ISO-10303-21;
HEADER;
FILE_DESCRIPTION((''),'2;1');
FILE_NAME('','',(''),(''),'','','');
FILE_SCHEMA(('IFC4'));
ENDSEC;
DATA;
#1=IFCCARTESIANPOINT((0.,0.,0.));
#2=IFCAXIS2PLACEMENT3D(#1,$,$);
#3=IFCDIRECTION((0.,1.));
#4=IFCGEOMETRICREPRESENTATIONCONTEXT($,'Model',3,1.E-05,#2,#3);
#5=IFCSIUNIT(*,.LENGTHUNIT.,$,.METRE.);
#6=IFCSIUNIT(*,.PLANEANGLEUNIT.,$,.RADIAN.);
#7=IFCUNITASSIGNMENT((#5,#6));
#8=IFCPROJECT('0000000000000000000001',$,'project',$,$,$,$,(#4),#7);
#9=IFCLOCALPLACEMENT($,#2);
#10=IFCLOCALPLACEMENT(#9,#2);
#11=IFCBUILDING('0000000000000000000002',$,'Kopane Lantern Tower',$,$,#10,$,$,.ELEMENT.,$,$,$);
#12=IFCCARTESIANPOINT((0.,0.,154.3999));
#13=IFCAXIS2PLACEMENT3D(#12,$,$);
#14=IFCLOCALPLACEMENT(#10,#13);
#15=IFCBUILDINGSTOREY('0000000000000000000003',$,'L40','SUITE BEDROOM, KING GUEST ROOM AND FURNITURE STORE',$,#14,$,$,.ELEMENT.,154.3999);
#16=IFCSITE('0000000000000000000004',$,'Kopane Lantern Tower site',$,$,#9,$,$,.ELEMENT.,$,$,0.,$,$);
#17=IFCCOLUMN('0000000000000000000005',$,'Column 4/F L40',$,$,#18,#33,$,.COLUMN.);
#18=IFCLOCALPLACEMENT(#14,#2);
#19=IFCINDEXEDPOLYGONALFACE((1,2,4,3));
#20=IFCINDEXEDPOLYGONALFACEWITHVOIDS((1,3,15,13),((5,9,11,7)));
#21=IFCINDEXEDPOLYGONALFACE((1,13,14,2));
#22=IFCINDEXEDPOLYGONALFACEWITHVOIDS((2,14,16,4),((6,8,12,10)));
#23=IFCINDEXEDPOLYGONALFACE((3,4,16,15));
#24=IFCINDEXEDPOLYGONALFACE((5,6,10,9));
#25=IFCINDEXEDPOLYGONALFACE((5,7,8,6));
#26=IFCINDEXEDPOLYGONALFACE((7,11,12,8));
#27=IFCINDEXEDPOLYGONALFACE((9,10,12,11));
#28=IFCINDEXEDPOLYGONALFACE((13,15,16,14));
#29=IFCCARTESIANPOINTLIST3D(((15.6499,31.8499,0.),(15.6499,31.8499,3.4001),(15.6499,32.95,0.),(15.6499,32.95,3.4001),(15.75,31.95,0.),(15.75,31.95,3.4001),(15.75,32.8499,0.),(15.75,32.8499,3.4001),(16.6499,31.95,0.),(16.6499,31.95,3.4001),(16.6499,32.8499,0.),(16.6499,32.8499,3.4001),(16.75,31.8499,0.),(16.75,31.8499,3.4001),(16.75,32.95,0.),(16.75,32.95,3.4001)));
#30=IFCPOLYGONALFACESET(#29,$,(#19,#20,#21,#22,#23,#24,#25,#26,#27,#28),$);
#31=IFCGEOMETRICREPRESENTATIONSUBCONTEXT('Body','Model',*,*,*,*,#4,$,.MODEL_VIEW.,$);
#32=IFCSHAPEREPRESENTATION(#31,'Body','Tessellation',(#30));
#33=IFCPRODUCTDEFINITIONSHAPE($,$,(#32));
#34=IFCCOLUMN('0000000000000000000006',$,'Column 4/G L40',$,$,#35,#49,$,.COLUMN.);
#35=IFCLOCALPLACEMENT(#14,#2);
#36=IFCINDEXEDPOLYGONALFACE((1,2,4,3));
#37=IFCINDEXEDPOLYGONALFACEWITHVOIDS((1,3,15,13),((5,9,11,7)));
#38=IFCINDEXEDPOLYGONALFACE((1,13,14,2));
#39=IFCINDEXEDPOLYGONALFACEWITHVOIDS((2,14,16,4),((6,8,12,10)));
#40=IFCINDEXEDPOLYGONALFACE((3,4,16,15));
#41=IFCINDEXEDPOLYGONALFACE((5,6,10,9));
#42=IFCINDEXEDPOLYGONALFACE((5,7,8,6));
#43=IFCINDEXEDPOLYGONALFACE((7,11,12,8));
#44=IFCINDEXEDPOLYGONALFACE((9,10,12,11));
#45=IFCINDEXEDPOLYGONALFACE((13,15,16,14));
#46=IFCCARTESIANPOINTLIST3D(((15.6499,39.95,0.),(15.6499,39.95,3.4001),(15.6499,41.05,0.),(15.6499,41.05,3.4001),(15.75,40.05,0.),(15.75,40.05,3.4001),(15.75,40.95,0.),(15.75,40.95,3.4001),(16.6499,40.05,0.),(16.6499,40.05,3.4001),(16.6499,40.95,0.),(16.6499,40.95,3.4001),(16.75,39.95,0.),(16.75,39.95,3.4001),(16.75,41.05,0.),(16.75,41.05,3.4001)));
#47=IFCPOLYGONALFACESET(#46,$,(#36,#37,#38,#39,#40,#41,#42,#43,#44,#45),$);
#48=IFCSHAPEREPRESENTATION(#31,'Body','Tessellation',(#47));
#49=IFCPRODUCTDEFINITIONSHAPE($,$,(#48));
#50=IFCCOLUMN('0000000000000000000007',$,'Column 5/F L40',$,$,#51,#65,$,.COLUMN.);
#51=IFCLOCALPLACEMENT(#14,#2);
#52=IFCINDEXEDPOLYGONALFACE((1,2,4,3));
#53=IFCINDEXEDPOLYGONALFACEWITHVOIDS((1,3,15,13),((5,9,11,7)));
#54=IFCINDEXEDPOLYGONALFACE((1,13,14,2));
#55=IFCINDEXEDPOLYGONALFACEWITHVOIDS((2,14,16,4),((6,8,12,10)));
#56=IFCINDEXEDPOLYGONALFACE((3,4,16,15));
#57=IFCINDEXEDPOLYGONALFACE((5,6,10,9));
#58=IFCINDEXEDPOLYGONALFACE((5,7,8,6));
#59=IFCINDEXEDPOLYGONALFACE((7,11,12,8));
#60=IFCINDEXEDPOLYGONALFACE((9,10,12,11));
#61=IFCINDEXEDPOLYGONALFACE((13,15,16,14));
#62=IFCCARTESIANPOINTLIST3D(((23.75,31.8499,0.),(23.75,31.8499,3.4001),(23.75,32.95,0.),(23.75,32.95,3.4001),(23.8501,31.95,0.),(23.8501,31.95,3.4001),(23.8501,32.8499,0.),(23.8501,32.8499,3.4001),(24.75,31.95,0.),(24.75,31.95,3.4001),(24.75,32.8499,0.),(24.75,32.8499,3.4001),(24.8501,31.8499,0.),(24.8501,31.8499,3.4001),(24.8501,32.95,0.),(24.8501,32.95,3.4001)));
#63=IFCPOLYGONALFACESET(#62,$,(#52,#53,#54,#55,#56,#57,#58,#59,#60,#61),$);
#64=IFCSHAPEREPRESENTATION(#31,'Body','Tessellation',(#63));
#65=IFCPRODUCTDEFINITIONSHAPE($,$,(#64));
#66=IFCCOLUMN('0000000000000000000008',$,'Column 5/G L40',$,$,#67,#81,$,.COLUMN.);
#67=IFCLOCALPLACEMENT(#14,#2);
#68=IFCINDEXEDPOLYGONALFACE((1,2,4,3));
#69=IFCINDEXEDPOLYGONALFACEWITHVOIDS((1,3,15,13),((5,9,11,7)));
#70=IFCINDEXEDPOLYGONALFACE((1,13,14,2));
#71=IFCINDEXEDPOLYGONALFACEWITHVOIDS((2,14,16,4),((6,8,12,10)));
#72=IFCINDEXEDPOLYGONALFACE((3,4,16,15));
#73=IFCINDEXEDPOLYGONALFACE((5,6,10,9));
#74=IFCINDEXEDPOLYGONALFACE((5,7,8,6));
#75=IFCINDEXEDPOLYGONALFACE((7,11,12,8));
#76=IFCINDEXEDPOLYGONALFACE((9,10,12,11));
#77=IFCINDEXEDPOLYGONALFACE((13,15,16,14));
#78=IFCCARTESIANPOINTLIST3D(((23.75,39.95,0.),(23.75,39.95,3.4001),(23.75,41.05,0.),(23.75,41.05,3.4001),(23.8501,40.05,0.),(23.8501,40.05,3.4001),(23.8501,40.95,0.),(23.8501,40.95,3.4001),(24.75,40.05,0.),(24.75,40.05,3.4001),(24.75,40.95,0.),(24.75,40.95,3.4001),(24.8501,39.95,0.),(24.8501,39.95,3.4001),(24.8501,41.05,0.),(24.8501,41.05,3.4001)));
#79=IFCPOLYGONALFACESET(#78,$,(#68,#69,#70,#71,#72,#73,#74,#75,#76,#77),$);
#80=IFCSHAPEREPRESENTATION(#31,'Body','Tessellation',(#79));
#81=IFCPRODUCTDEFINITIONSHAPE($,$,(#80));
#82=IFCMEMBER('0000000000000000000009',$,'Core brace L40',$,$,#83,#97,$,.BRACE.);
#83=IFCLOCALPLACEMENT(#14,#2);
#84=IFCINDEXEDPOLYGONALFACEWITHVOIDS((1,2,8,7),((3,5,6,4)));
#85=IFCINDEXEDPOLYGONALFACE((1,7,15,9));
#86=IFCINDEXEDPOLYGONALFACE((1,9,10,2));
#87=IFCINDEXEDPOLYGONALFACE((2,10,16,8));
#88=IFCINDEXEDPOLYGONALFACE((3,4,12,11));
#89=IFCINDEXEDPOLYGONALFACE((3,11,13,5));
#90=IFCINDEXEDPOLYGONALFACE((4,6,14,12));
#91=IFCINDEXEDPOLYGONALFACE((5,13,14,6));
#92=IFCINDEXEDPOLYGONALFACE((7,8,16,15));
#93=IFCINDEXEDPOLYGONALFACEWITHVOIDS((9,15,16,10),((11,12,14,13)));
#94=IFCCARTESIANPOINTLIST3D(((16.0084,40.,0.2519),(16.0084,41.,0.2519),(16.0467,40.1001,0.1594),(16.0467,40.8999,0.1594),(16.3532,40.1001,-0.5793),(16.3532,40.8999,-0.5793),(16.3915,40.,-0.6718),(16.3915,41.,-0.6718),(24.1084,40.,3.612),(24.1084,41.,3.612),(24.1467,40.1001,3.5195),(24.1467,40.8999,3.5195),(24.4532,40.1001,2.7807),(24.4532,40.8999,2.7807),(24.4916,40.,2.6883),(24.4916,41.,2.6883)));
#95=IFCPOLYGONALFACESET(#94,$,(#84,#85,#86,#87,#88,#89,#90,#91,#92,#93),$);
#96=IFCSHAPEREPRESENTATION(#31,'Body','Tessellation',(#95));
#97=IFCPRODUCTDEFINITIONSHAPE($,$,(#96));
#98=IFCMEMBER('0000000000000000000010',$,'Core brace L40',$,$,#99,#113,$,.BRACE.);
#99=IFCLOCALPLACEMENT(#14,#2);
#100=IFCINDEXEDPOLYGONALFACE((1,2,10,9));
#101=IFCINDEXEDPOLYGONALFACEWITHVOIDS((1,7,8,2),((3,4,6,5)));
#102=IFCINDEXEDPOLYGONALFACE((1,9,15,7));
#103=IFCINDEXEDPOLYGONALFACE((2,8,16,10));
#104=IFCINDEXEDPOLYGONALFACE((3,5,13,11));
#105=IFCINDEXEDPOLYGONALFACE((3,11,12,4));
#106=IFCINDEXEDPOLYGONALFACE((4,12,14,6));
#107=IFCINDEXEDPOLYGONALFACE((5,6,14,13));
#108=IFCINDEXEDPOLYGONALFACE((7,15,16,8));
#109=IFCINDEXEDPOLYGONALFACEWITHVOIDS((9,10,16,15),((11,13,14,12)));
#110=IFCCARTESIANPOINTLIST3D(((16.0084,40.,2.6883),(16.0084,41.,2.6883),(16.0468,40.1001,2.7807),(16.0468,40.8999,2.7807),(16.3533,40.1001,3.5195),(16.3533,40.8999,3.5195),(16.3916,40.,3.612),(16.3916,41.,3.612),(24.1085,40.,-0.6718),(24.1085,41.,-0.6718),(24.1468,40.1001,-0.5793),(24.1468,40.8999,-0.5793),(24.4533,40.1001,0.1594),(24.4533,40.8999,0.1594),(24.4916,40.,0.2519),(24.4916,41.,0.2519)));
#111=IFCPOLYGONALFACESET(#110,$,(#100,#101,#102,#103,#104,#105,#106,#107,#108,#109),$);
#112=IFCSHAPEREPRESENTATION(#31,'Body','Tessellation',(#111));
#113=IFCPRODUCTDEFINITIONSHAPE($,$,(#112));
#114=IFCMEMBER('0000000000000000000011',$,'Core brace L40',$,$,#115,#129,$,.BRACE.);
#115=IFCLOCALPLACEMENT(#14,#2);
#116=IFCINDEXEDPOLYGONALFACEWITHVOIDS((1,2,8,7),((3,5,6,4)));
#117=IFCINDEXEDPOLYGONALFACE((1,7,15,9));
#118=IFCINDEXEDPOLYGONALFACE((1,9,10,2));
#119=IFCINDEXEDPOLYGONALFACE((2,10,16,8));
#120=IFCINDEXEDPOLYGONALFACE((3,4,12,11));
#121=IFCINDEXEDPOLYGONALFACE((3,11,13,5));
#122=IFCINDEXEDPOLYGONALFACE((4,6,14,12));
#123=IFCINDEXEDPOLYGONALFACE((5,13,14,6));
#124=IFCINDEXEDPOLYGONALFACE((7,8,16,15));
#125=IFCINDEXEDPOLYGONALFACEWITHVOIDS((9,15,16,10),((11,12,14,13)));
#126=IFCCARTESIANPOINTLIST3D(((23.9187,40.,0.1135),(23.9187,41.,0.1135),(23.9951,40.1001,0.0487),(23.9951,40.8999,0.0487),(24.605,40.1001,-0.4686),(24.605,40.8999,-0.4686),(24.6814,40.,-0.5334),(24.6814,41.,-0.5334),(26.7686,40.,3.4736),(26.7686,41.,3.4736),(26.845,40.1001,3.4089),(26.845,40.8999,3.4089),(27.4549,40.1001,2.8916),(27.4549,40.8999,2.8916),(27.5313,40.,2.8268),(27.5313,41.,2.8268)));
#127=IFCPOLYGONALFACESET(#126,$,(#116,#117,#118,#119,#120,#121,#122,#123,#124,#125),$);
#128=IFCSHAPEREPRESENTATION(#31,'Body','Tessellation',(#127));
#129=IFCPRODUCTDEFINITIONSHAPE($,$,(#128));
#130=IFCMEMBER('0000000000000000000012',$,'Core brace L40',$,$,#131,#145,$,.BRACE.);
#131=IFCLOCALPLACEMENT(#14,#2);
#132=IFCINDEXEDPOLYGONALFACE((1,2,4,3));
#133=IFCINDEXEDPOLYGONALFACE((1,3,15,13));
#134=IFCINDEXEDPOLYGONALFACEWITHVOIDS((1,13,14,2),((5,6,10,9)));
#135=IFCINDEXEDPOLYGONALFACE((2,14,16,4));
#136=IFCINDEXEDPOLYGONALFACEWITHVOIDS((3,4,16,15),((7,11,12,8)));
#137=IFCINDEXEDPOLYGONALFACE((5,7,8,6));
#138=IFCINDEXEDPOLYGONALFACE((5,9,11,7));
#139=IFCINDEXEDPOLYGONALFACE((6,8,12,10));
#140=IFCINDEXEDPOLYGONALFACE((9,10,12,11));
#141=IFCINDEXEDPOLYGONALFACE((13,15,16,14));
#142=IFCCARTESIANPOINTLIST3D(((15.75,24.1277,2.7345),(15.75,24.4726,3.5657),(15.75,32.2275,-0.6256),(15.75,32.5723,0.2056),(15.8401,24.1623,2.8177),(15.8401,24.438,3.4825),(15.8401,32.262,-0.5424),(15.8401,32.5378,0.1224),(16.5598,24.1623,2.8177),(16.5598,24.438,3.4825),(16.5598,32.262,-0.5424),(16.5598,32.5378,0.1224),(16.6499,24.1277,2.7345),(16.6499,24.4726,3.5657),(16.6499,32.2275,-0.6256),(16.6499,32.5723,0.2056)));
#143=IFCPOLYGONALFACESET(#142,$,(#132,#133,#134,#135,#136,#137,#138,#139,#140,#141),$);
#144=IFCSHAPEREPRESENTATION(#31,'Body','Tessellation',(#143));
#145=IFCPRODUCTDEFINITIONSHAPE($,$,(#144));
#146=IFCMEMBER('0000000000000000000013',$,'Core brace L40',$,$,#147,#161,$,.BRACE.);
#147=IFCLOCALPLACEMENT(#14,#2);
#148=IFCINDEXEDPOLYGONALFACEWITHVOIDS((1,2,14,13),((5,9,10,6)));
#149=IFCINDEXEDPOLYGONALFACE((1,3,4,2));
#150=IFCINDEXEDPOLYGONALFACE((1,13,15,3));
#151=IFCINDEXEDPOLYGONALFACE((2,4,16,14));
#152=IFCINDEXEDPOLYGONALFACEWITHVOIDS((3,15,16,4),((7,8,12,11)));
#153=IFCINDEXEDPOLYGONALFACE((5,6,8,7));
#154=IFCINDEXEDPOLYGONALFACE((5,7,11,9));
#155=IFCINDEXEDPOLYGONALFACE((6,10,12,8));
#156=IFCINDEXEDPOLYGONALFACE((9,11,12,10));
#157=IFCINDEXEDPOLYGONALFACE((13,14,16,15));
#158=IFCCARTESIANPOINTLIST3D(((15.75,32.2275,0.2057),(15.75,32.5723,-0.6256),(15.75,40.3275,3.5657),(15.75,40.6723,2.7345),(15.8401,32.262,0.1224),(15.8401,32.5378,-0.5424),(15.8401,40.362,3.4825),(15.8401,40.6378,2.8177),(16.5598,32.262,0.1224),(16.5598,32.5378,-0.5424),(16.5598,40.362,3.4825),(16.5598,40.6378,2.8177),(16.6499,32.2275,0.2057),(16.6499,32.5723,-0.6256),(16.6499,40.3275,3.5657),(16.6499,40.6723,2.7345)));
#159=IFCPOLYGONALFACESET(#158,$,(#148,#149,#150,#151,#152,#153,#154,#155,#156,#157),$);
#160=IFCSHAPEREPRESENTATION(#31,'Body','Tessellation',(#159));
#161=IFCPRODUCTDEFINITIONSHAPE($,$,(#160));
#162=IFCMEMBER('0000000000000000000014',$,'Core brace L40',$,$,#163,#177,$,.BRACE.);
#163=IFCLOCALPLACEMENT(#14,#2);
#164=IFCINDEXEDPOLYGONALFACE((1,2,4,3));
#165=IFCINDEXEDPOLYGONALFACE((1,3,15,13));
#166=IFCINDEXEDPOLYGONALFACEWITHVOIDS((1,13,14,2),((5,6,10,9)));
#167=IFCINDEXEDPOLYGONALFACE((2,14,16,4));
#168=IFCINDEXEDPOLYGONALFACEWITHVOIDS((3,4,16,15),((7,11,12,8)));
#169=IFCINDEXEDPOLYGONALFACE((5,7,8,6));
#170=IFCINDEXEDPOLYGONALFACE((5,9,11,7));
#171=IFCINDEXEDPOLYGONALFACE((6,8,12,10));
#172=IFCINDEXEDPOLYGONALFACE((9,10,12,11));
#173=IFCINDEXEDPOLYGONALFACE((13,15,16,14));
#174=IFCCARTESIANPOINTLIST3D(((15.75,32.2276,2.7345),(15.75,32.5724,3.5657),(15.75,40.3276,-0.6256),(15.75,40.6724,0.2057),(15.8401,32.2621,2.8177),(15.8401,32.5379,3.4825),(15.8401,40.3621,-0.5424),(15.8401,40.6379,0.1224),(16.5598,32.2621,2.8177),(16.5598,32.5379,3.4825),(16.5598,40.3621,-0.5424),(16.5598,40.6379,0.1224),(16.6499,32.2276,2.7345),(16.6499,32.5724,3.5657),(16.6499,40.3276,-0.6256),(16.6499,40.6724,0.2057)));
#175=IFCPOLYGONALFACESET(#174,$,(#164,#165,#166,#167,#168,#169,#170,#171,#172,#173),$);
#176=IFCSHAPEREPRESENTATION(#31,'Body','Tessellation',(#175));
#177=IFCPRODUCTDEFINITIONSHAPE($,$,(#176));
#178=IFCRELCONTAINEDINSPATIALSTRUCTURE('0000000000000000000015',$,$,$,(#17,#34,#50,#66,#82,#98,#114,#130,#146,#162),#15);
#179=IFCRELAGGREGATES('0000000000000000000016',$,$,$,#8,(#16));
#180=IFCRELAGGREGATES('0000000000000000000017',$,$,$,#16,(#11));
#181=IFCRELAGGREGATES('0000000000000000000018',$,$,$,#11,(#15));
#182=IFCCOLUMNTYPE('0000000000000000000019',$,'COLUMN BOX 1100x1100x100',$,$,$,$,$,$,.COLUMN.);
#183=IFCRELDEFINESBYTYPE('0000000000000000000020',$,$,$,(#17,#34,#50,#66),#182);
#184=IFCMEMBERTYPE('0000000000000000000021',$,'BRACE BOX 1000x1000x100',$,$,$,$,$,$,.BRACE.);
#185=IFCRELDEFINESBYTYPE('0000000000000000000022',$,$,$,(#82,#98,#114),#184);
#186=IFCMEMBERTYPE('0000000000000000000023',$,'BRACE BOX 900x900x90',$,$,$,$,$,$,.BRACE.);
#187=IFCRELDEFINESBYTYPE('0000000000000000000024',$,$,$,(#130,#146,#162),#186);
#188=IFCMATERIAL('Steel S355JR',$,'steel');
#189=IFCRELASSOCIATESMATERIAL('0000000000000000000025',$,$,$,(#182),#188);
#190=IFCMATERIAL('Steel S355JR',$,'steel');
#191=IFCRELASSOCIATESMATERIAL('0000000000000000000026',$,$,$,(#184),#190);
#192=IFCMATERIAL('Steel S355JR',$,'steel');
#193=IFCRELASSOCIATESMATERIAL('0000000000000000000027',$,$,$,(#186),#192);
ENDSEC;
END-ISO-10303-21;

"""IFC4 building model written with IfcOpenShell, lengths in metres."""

from ifc_helpers import new_model, si_unit, direction, frame, origin, origin_2d, place, context, subcontext, project, spatial, hollow_rectangle, extrude, material, material_profile, profile_set, type_object, element, save


model = new_model("IFC4")

# Units and contexts
model_context = context("Model", 3, precision=1e-05, world=origin(), true_north=direction((0.0, 1.0)))
body_context = subcontext(model_context, "Body", "Model", "MODEL_VIEW")
ifc_project = project(units=[si_unit("LENGTHUNIT", "METRE"), si_unit("PLANEANGLEUNIT", "RADIAN")], contexts=[model_context])

# Site, building, storey
site_placement = place(None, origin())
site = spatial("IfcSite", under=ifc_project, at=site_placement, Name="Kopane Lantern Tower site", CompositionType="ELEMENT", RefElevation=0.0)
building_placement = place(site_placement, origin())
building = spatial("IfcBuilding", under=site, at=building_placement, Name="Kopane Lantern Tower", CompositionType="ELEMENT")
storey_placement = place(building_placement, frame((0.0, 0.0, 154.3999)))
storey = spatial("IfcBuildingStorey", under=building, at=storey_placement, Name="L40", Description="SUITE BEDROOM, KING GUEST ROOM AND FURNITURE STORE", CompositionType="ELEMENT", Elevation=154.3999)

# Columns
ifc_material_1 = material(Name="Steel S355JR", Category="steel")
ifc_material_profile_1 = material_profile(ifc_material_1, hollow_rectangle(XDim=1.1001, YDim=1.1001, WallThickness=0.1001, at=origin_2d()), Name="BOX 1100x1100x100")
ifc_profile_set_1 = profile_set([ifc_material_profile_1], Name="Steel S355JR")
column_type = type_object("IfcColumnType", Name="COLUMN BOX 1100x1100x100", PredefinedType="COLUMN", material=ifc_profile_set_1)
for number, where, z_axis, x_axis, name in (
    (1, (16.2, 32.3999, 0.0), (0.0, 0.0, 1.0), (1.0, 0.0, 0.0), "Column 4/F L40"),
    (2, (16.2, 40.5, 0.0), (0.0, 0.0, 1.0), (1.0, 0.0, 0.0), "Column 4/G L40"),
    (3, (24.3, 32.3999, 0.0), (0.0, 0.0, 1.0), (1.0, 0.0, 0.0), "Column 5/F L40"),
    (4, (24.3, 40.5, 0.0), (0.0, 0.0, 1.0), (1.0, 0.0, 0.0), "Column 5/G L40"),
):
    element("IfcColumn", number, at=place(storey_placement, frame(where, z_axis=z_axis, x_axis=x_axis)), inside=storey, type_object=column_type, Name=name, PredefinedType="COLUMN", context=body_context, shape_type="SweptSolid", body=[
        extrude(hollow_rectangle(XDim=1.1001, YDim=1.1001, WallThickness=0.1001, at=origin_2d()), origin(), (0.0, 0.0, 1.0), 3.4001),
    ])

# Members
ifc_material_2 = material(Name="Steel S355JR", Category="steel")
ifc_material_profile_2 = material_profile(ifc_material_2, hollow_rectangle(XDim=1.0, YDim=1.0, WallThickness=0.1001, at=origin_2d()), Name="BOX 1000x1000x100")
ifc_profile_set_2 = profile_set([ifc_material_profile_2], Name="Steel S355JR")
member_type_1 = type_object("IfcMemberType", Name="BRACE BOX 1000x1000x100", PredefinedType="BRACE", material=ifc_profile_set_2)
for number, where, z_axis, x_axis, name in (
    (5, (16.2, 40.5, -0.21), (0.92368, 0.0, 0.383164), (0.0, 1.0, 0.0), "Core brace L40"),
    (6, (24.3, 40.5, -0.21), (-0.92368, 0.0, 0.383164), (0.0, -1.0, 0.0), "Core brace L40"),
):
    element("IfcMember", number, at=place(storey_placement, frame(where, z_axis=z_axis, x_axis=x_axis)), inside=storey, type_object=member_type_1, Name=name, PredefinedType="BRACE", context=body_context, shape_type="SweptSolid", body=[
        extrude(hollow_rectangle(XDim=1.0, YDim=1.0, WallThickness=0.1001, at=origin_2d()), origin(), (0.0, 0.0, 1.0), 8.7693),
    ])
member_1_placement = place(storey_placement, frame((24.3, 40.5, -0.21), z_axis=(0.646826, 0.0, 0.762638), x_axis=(0.0, 1.0, 0.0)))
element("IfcMember", 7, at=member_1_placement, inside=storey, type_object=member_type_1, Name="Core brace L40", PredefinedType="BRACE", context=body_context, shape_type="SweptSolid", body=[
    extrude(hollow_rectangle(XDim=1.0, YDim=1.0, WallThickness=0.1001, at=origin_2d()), origin(), (0.0, 0.0, 1.0), 4.406),
])
ifc_material_3 = material(Name="Steel S355JR", Category="steel")
ifc_material_profile_3 = material_profile(ifc_material_3, hollow_rectangle(XDim=0.8999, YDim=0.8999, WallThickness=0.0901, at=origin_2d()), Name="BOX 900x900x90")
ifc_profile_set_3 = profile_set([ifc_material_profile_3], Name="Steel S355JR")
member_type_2 = type_object("IfcMemberType", Name="BRACE BOX 900x900x90", PredefinedType="BRACE", material=ifc_profile_set_3)
member_2_placement = place(storey_placement, frame((16.2, 32.3999, -0.21), z_axis=(0.0, -0.923676, 0.383174), x_axis=(1.0, 0.0, 0.0)))
element("IfcMember", 8, at=member_2_placement, inside=storey, type_object=member_type_2, Name="Core brace L40", PredefinedType="BRACE", context=body_context, shape_type="SweptSolid", body=[
    extrude(hollow_rectangle(XDim=0.8999, YDim=0.8999, WallThickness=0.0901, at=origin_2d()), origin(), (0.0, 0.0, 1.0), 8.769),
])
for number, where, z_axis, x_axis, name in (
    (9, (16.2, 32.3999, -0.21), (0.0, 0.92368, 0.383164), (-1.0, 0.0, 0.0), "Core brace L40"),
    (10, (16.2, 40.5, -0.21), (0.0, -0.92368, 0.383164), (1.0, 0.0, 0.0), "Core brace L40"),
):
    element("IfcMember", number, at=place(storey_placement, frame(where, z_axis=z_axis, x_axis=x_axis)), inside=storey, type_object=member_type_2, Name=name, PredefinedType="BRACE", context=body_context, shape_type="SweptSolid", body=[
        extrude(hollow_rectangle(XDim=0.8999, YDim=0.8999, WallThickness=0.0901, at=origin_2d()), origin(), (0.0, 0.0, 1.0), 8.7693),
    ])

save(model, "model.ifc")
